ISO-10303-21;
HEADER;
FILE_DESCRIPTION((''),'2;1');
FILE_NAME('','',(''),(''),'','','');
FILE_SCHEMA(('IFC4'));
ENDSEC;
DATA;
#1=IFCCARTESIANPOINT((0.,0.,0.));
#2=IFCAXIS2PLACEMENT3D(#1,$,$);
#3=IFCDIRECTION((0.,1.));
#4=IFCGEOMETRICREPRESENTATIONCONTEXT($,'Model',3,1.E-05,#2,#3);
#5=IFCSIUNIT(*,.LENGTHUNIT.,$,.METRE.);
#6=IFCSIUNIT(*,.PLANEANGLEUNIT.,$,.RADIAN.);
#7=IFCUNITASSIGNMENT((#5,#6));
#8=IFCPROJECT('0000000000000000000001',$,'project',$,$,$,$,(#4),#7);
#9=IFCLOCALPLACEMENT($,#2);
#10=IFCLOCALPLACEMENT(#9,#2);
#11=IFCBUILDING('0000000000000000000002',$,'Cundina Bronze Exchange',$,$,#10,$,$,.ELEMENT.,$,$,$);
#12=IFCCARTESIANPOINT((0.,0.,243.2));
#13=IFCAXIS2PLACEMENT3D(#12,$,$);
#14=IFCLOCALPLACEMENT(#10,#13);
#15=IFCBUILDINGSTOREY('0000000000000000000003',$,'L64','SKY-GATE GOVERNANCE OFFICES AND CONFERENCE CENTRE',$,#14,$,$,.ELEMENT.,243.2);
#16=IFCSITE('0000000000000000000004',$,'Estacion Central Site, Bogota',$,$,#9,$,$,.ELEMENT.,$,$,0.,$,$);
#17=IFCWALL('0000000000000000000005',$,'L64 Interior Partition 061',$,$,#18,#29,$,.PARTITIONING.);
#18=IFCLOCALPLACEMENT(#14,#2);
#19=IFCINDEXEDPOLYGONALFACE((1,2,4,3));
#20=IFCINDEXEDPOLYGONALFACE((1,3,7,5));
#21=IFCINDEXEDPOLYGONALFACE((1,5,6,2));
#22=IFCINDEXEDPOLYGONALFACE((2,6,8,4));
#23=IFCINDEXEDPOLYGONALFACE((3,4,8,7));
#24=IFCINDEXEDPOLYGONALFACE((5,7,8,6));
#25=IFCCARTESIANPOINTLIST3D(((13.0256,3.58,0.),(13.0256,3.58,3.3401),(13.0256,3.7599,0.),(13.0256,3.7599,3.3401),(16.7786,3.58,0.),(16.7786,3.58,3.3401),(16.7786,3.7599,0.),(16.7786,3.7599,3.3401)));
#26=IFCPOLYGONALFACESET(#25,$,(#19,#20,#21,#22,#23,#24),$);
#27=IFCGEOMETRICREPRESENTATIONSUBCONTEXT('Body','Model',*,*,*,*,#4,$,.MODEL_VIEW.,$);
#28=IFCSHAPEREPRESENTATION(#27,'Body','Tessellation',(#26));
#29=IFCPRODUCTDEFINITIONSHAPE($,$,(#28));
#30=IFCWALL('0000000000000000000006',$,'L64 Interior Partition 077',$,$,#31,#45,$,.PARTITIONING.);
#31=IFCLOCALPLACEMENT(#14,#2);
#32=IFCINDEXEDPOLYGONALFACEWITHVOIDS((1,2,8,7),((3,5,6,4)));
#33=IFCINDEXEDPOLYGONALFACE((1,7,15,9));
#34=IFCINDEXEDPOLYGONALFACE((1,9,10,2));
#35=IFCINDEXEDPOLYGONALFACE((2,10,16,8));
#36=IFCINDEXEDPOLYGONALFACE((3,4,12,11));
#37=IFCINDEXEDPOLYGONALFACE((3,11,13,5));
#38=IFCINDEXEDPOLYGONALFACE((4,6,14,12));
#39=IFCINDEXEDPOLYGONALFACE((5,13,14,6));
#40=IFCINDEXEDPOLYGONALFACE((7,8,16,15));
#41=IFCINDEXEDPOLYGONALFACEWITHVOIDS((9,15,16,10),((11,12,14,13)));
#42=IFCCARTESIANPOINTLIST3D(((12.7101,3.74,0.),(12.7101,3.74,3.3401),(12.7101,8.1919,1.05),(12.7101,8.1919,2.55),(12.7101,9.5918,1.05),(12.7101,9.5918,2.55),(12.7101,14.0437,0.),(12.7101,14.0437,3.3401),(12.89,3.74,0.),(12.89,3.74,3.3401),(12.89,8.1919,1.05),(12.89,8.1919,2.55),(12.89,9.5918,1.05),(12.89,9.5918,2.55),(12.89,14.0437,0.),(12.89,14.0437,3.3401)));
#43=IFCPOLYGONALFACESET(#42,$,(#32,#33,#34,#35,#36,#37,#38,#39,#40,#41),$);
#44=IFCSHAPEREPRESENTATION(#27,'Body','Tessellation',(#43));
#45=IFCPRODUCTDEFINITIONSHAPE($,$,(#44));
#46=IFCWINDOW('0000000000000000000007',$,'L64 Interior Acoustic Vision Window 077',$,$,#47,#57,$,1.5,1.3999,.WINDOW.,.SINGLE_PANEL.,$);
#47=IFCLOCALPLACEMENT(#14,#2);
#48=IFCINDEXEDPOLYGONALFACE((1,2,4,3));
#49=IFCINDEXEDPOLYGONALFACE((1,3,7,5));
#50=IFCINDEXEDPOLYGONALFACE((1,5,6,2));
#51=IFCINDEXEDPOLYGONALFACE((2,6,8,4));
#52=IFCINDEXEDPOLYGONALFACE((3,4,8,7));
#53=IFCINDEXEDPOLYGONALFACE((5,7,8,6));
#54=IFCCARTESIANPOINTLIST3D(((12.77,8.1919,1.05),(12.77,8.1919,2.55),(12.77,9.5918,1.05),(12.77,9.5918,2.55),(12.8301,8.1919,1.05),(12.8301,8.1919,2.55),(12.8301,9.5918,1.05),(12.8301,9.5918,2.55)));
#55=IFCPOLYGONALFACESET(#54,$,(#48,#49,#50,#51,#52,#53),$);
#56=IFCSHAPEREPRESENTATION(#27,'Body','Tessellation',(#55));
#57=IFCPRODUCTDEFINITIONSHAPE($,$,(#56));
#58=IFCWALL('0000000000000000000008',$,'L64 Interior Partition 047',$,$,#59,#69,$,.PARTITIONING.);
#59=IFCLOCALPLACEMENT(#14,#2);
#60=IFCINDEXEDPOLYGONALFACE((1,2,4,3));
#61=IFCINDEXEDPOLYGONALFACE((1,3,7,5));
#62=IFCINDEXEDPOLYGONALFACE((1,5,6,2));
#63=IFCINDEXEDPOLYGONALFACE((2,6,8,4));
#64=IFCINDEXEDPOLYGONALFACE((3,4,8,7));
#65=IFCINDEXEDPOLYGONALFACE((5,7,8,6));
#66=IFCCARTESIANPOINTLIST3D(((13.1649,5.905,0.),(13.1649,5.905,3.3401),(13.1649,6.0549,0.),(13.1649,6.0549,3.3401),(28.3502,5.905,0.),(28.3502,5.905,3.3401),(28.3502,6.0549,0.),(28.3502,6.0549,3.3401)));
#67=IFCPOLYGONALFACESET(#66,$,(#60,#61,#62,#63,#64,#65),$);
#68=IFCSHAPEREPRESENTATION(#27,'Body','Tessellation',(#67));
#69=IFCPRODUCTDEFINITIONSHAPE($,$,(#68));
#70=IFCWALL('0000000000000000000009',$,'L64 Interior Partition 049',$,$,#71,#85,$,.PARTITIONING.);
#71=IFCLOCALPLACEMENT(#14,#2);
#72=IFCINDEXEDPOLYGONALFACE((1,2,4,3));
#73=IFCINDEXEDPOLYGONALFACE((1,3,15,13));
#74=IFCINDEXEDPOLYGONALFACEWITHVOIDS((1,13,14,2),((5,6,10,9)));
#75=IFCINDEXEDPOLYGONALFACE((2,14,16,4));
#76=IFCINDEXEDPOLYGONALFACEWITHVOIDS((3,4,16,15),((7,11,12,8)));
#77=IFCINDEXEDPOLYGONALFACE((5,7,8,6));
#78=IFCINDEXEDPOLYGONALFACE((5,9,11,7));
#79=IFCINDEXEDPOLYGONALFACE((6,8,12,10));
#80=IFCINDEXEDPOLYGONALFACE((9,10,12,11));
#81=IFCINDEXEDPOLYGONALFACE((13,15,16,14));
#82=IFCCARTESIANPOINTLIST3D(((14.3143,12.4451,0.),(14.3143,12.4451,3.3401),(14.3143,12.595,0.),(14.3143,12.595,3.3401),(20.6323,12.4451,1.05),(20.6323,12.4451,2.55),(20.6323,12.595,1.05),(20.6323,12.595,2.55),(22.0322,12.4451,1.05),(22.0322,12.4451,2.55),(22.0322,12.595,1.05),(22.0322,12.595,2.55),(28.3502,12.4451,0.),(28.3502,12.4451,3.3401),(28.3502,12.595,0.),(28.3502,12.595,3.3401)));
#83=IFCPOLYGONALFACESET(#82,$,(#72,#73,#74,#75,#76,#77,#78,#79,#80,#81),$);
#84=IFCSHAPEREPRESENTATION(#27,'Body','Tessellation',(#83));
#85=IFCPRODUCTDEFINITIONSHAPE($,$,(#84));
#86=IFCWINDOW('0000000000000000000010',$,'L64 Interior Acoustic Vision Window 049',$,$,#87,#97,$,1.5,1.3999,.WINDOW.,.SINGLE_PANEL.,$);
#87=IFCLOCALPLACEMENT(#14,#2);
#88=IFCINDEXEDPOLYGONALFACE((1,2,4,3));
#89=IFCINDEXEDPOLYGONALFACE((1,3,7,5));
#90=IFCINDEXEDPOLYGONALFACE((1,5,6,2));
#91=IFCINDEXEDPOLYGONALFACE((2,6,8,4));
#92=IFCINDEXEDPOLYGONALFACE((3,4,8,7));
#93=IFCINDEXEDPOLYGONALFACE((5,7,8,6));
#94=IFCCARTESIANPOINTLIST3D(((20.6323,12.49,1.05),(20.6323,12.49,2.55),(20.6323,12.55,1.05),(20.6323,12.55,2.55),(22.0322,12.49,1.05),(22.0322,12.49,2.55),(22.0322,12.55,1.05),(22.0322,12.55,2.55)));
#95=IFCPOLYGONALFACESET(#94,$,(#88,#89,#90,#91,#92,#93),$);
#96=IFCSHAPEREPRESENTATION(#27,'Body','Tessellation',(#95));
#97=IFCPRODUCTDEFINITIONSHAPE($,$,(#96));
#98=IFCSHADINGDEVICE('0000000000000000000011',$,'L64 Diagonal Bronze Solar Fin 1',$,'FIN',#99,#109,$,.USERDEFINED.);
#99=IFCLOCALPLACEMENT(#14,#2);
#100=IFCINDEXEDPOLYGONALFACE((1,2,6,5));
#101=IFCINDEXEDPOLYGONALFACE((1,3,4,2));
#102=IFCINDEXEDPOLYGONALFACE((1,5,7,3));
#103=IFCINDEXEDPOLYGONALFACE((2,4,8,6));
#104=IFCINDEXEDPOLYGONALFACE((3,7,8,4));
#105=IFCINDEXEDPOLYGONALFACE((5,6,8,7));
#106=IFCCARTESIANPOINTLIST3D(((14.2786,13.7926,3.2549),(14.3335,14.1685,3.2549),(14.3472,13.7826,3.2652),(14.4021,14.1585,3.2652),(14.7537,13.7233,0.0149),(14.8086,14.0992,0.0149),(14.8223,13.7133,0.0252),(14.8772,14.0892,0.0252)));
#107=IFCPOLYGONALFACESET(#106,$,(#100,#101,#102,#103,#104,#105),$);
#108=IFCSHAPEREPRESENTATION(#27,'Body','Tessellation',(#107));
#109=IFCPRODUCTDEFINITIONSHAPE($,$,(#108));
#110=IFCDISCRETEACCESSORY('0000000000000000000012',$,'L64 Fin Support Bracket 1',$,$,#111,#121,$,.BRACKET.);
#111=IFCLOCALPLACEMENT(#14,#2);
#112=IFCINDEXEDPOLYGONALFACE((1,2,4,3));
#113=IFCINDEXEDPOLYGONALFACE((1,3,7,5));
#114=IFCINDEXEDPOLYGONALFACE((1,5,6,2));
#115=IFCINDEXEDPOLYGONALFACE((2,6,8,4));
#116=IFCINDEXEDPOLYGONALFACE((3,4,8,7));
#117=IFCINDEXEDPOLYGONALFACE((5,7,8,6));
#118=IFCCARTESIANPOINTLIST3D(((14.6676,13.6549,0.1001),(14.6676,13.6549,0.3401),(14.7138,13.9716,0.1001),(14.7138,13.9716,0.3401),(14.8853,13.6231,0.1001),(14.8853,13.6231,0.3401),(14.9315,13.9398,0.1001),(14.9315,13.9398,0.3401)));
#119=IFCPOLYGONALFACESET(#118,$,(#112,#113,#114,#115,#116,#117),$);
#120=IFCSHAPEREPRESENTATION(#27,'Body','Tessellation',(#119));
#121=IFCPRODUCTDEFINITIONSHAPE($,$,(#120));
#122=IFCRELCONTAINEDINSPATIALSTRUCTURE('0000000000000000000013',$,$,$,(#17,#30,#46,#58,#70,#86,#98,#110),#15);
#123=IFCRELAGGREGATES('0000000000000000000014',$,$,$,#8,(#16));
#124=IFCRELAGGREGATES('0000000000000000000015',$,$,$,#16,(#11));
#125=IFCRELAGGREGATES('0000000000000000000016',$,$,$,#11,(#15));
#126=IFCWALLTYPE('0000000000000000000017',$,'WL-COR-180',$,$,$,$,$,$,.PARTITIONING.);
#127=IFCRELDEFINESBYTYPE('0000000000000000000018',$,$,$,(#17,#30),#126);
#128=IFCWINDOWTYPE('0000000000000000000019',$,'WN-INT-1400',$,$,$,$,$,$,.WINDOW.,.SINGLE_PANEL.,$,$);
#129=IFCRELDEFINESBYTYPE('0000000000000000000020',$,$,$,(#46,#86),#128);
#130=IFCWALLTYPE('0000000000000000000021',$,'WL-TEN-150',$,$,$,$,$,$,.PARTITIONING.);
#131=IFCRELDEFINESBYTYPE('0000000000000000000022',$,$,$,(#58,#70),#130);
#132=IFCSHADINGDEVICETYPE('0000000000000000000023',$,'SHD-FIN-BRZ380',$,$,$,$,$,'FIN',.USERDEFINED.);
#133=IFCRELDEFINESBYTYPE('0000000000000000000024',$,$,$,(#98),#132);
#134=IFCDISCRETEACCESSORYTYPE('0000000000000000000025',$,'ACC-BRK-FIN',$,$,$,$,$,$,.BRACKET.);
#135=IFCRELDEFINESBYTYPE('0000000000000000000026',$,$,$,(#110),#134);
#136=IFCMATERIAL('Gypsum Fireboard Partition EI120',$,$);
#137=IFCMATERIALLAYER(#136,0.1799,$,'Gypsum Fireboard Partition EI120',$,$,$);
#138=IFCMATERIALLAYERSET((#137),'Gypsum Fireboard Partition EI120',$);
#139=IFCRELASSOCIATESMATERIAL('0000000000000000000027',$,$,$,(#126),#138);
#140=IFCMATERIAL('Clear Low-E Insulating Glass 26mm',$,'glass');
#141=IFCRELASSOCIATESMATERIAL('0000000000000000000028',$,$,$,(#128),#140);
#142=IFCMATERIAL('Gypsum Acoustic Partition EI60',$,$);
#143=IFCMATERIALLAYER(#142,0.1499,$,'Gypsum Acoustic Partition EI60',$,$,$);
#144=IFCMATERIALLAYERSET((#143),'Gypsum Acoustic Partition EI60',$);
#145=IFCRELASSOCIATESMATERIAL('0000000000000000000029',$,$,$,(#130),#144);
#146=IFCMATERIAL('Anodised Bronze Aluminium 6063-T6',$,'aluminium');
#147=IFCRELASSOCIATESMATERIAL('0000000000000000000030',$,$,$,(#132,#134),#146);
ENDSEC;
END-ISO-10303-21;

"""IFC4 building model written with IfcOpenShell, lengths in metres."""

from ifc_helpers import new_model, si_unit, direction, frame, frame_2d, origin, origin_2d, place, context, subcontext, project, spatial, rectangle, extrude, material, layer, layer_set, material_profile, profile_set, type_object, element, fill, save


model = new_model("IFC4")

# Units and contexts
model_context = context("Model", 3, precision=1e-05, world=origin(), true_north=direction((0.0, 1.0)))
body_context = subcontext(model_context, "Body", "Model", "MODEL_VIEW")
ifc_project = project(units=[si_unit("LENGTHUNIT", "METRE"), si_unit("PLANEANGLEUNIT", "RADIAN")], contexts=[model_context])

# Site, building, storey
site_placement = place(None, origin())
site = spatial("IfcSite", under=ifc_project, at=site_placement, Name="Estacion Central Site, Bogota", CompositionType="ELEMENT", RefElevation=0.0)
building_placement = place(site_placement, origin())
building = spatial("IfcBuilding", under=site, at=building_placement, Name="Cundina Bronze Exchange", CompositionType="ELEMENT")
storey_placement = place(building_placement, frame((0.0, 0.0, 243.2)))
storey = spatial("IfcBuildingStorey", under=building, at=storey_placement, Name="L64", Description="SKY-GATE GOVERNANCE OFFICES AND CONFERENCE CENTRE", CompositionType="ELEMENT", Elevation=243.2)

# Shared definitions
ifc_material_1 = material(Name="Anodised Bronze Aluminium 6063-T6", Category="aluminium")

# Wall
ifc_material_2 = material(Name="Gypsum Fireboard Partition EI120")
ifc_layer_1 = layer(ifc_material_2, 0.1799, Name="Gypsum Fireboard Partition EI120")
ifc_layer_set_1 = layer_set([ifc_layer_1], Name="Gypsum Fireboard Partition EI120")
wall_type_1 = type_object("IfcWallType", Name="WL-COR-180", PredefinedType="PARTITIONING", material=ifc_layer_set_1)
wall_1_placement = place(storey_placement, frame((16.7786, 3.6699, 0.0), z_axis=(0.0, 0.0, 1.0), x_axis=(-1.0, 0.0, 0.0)))
element("IfcWall", 1, at=wall_1_placement, inside=storey, type_object=wall_type_1, Name="L64 Interior Partition 061", PredefinedType="PARTITIONING", context=body_context, shape_type="SweptSolid", body=[
    extrude(rectangle(XDim=3.7529, YDim=0.1799, at=frame_2d((1.8765, 0.0))), origin(), (0.0, 0.0, 1.0), 3.3401),
])

# Wall, opening, window
wall_2_placement = place(storey_placement, frame((12.8, 3.74, 0.0), z_axis=(0.0, 0.0, 1.0), x_axis=(0.0, 1.0, 0.0)))
wall_2 = element("IfcWall", 2, at=wall_2_placement, inside=storey, type_object=wall_type_1, Name="L64 Interior Partition 077", PredefinedType="PARTITIONING", context=body_context, shape_type="SweptSolid", body=[
    extrude(rectangle(XDim=10.3037, YDim=0.1799, at=frame_2d((5.1519, 0.0))), origin(), (0.0, 0.0, 1.0), 3.3401),
])
opening_1_placement = place(wall_2_placement, frame((4.4519, 0.0, 1.05)))
opening_1 = element("IfcOpeningElement", 3, at=opening_1_placement, cuts=wall_2, PredefinedType="OPENING", context=body_context, shape_type="SweptSolid", body=[
    extrude(rectangle(XDim=1.3999, YDim=1.5, at=frame_2d((0.7, 0.75))), frame((0.0, 0.0999, 0.0), z_axis=(0.0, -1.0, 0.0), x_axis=(1.0, 0.0, 0.0)), (0.0, 0.0, 1.0), 0.2),
])
ifc_material_3 = material(Name="Clear Low-E Insulating Glass 26mm", Category="glass")
window_type = type_object("IfcWindowType", Name="WN-INT-1400", PartitioningType="SINGLE_PANEL", PredefinedType="WINDOW", material=ifc_material_3)
window_1_placement = place(opening_1_placement, origin())
window_1 = element("IfcWindow", 4, at=window_1_placement, inside=storey, type_object=window_type, Name="L64 Interior Acoustic Vision Window 077", OverallHeight=1.5, OverallWidth=1.3999, PartitioningType="SINGLE_PANEL", PredefinedType="WINDOW", context=body_context, shape_type="SweptSolid", body=[
    extrude(rectangle(XDim=1.3999, YDim=1.5, at=frame_2d((0.7, 0.75))), frame((0.0, 0.03, 0.0), z_axis=(0.0, -1.0, 0.0), x_axis=(1.0, 0.0, 0.0)), (0.0, 0.0, 1.0), 0.0601),
])
fill(opening_1, window_1)

# Wall
ifc_material_4 = material(Name="Gypsum Acoustic Partition EI60")
ifc_layer_2 = layer(ifc_material_4, 0.1499, Name="Gypsum Acoustic Partition EI60")
ifc_layer_set_2 = layer_set([ifc_layer_2], Name="Gypsum Acoustic Partition EI60")
wall_type_2 = type_object("IfcWallType", Name="WL-TEN-150", PredefinedType="PARTITIONING", material=ifc_layer_set_2)
wall_3_placement = place(storey_placement, frame((13.1648, 5.98, 0.0), z_axis=(0.0, 0.0, 1.0), x_axis=(1.0, 0.0, 0.0)))
element("IfcWall", 5, at=wall_3_placement, inside=storey, type_object=wall_type_2, Name="L64 Interior Partition 047", PredefinedType="PARTITIONING", context=body_context, shape_type="SweptSolid", body=[
    extrude(rectangle(XDim=15.1853, YDim=0.1499, at=frame_2d((7.5928, 0.0))), origin(), (0.0, 0.0, 1.0), 3.3401),
])

# Wall, opening, window
wall_4_placement = place(storey_placement, frame((14.3142, 12.52, 0.0), z_axis=(0.0, 0.0, 1.0), x_axis=(1.0, 0.0, 0.0)))
wall_4 = element("IfcWall", 6, at=wall_4_placement, inside=storey, type_object=wall_type_2, Name="L64 Interior Partition 049", PredefinedType="PARTITIONING", context=body_context, shape_type="SweptSolid", body=[
    extrude(rectangle(XDim=14.0359, YDim=0.1499, at=frame_2d((7.0181, 0.0))), origin(), (0.0, 0.0, 1.0), 3.3401),
])
opening_2_placement = place(wall_4_placement, frame((6.3181, 0.0, 1.05)))
opening_2 = element("IfcOpeningElement", 7, at=opening_2_placement, cuts=wall_4, PredefinedType="OPENING", context=body_context, shape_type="SweptSolid", body=[
    extrude(rectangle(XDim=1.3999, YDim=1.5, at=frame_2d((0.7, 0.75))), frame((0.0, 0.085, 0.0), z_axis=(0.0, -1.0, 0.0), x_axis=(1.0, 0.0, 0.0)), (0.0, 0.0, 1.0), 0.1699),
])
window_2_placement = place(opening_2_placement, origin())
window_2 = element("IfcWindow", 8, at=window_2_placement, inside=storey, type_object=window_type, Name="L64 Interior Acoustic Vision Window 049", OverallHeight=1.5, OverallWidth=1.3999, PartitioningType="SINGLE_PANEL", PredefinedType="WINDOW", context=body_context, shape_type="SweptSolid", body=[
    extrude(rectangle(XDim=1.3999, YDim=1.5, at=frame_2d((0.7, 0.75))), frame((0.0, 0.03, 0.0), z_axis=(0.0, -1.0, 0.0), x_axis=(1.0, 0.0, 0.0)), (0.0, 0.0, 1.0), 0.0601),
])
fill(opening_2, window_2)

# Shading device
ifc_material_profile_1 = material_profile(ifc_material_1, rectangle(XDim=0.0701, YDim=0.3799, at=origin_2d()), Name="FIN70X380", Category="aluminium")
ifc_profile_set_1 = profile_set([ifc_material_profile_1], Name="Anodised Bronze Aluminium 6063-T6")
shading_device_type = type_object("IfcShadingDeviceType", Name="SHD-FIN-BRZ380", ElementType="FIN", PredefinedType="USERDEFINED", material=ifc_profile_set_1)
shading_device_placement = place(storey_placement, frame((14.8154, 13.9062, 0.02), z_axis=(-0.145052, 0.021169, 0.989198), x_axis=(0.978829, -0.142851, 0.146588)))
element("IfcShadingDevice", 9, at=shading_device_placement, inside=storey, type_object=shading_device_type, Name="L64 Diagonal Bronze Solar Fin 1", ObjectType="FIN", PredefinedType="USERDEFINED", context=body_context, shape_type="SweptSolid", body=[
    extrude(rectangle(XDim=0.0701, YDim=0.3799, at=origin_2d()), origin(), (0.0, 0.0, 1.0), 3.2754),
])

# Discrete accessory
discrete_accessory_type = type_object("IfcDiscreteAccessoryType", Name="ACC-BRK-FIN", PredefinedType="BRACKET", material=ifc_material_1)
discrete_accessory_placement = place(storey_placement, frame((14.7996, 13.7974, 0.1001), z_axis=(0.0, 0.0, 1.0), x_axis=(-0.989528, 0.144339, 0.0)))
element("IfcDiscreteAccessory", 10, at=discrete_accessory_placement, inside=storey, type_object=discrete_accessory_type, Name="L64 Fin Support Bracket 1", PredefinedType="BRACKET", context=body_context, shape_type="SweptSolid", body=[
    extrude(rectangle(XDim=0.22, YDim=0.3201, at=origin_2d()), origin(), (0.0, 0.0, 1.0), 0.24),
])

save(model, "model.ifc")
